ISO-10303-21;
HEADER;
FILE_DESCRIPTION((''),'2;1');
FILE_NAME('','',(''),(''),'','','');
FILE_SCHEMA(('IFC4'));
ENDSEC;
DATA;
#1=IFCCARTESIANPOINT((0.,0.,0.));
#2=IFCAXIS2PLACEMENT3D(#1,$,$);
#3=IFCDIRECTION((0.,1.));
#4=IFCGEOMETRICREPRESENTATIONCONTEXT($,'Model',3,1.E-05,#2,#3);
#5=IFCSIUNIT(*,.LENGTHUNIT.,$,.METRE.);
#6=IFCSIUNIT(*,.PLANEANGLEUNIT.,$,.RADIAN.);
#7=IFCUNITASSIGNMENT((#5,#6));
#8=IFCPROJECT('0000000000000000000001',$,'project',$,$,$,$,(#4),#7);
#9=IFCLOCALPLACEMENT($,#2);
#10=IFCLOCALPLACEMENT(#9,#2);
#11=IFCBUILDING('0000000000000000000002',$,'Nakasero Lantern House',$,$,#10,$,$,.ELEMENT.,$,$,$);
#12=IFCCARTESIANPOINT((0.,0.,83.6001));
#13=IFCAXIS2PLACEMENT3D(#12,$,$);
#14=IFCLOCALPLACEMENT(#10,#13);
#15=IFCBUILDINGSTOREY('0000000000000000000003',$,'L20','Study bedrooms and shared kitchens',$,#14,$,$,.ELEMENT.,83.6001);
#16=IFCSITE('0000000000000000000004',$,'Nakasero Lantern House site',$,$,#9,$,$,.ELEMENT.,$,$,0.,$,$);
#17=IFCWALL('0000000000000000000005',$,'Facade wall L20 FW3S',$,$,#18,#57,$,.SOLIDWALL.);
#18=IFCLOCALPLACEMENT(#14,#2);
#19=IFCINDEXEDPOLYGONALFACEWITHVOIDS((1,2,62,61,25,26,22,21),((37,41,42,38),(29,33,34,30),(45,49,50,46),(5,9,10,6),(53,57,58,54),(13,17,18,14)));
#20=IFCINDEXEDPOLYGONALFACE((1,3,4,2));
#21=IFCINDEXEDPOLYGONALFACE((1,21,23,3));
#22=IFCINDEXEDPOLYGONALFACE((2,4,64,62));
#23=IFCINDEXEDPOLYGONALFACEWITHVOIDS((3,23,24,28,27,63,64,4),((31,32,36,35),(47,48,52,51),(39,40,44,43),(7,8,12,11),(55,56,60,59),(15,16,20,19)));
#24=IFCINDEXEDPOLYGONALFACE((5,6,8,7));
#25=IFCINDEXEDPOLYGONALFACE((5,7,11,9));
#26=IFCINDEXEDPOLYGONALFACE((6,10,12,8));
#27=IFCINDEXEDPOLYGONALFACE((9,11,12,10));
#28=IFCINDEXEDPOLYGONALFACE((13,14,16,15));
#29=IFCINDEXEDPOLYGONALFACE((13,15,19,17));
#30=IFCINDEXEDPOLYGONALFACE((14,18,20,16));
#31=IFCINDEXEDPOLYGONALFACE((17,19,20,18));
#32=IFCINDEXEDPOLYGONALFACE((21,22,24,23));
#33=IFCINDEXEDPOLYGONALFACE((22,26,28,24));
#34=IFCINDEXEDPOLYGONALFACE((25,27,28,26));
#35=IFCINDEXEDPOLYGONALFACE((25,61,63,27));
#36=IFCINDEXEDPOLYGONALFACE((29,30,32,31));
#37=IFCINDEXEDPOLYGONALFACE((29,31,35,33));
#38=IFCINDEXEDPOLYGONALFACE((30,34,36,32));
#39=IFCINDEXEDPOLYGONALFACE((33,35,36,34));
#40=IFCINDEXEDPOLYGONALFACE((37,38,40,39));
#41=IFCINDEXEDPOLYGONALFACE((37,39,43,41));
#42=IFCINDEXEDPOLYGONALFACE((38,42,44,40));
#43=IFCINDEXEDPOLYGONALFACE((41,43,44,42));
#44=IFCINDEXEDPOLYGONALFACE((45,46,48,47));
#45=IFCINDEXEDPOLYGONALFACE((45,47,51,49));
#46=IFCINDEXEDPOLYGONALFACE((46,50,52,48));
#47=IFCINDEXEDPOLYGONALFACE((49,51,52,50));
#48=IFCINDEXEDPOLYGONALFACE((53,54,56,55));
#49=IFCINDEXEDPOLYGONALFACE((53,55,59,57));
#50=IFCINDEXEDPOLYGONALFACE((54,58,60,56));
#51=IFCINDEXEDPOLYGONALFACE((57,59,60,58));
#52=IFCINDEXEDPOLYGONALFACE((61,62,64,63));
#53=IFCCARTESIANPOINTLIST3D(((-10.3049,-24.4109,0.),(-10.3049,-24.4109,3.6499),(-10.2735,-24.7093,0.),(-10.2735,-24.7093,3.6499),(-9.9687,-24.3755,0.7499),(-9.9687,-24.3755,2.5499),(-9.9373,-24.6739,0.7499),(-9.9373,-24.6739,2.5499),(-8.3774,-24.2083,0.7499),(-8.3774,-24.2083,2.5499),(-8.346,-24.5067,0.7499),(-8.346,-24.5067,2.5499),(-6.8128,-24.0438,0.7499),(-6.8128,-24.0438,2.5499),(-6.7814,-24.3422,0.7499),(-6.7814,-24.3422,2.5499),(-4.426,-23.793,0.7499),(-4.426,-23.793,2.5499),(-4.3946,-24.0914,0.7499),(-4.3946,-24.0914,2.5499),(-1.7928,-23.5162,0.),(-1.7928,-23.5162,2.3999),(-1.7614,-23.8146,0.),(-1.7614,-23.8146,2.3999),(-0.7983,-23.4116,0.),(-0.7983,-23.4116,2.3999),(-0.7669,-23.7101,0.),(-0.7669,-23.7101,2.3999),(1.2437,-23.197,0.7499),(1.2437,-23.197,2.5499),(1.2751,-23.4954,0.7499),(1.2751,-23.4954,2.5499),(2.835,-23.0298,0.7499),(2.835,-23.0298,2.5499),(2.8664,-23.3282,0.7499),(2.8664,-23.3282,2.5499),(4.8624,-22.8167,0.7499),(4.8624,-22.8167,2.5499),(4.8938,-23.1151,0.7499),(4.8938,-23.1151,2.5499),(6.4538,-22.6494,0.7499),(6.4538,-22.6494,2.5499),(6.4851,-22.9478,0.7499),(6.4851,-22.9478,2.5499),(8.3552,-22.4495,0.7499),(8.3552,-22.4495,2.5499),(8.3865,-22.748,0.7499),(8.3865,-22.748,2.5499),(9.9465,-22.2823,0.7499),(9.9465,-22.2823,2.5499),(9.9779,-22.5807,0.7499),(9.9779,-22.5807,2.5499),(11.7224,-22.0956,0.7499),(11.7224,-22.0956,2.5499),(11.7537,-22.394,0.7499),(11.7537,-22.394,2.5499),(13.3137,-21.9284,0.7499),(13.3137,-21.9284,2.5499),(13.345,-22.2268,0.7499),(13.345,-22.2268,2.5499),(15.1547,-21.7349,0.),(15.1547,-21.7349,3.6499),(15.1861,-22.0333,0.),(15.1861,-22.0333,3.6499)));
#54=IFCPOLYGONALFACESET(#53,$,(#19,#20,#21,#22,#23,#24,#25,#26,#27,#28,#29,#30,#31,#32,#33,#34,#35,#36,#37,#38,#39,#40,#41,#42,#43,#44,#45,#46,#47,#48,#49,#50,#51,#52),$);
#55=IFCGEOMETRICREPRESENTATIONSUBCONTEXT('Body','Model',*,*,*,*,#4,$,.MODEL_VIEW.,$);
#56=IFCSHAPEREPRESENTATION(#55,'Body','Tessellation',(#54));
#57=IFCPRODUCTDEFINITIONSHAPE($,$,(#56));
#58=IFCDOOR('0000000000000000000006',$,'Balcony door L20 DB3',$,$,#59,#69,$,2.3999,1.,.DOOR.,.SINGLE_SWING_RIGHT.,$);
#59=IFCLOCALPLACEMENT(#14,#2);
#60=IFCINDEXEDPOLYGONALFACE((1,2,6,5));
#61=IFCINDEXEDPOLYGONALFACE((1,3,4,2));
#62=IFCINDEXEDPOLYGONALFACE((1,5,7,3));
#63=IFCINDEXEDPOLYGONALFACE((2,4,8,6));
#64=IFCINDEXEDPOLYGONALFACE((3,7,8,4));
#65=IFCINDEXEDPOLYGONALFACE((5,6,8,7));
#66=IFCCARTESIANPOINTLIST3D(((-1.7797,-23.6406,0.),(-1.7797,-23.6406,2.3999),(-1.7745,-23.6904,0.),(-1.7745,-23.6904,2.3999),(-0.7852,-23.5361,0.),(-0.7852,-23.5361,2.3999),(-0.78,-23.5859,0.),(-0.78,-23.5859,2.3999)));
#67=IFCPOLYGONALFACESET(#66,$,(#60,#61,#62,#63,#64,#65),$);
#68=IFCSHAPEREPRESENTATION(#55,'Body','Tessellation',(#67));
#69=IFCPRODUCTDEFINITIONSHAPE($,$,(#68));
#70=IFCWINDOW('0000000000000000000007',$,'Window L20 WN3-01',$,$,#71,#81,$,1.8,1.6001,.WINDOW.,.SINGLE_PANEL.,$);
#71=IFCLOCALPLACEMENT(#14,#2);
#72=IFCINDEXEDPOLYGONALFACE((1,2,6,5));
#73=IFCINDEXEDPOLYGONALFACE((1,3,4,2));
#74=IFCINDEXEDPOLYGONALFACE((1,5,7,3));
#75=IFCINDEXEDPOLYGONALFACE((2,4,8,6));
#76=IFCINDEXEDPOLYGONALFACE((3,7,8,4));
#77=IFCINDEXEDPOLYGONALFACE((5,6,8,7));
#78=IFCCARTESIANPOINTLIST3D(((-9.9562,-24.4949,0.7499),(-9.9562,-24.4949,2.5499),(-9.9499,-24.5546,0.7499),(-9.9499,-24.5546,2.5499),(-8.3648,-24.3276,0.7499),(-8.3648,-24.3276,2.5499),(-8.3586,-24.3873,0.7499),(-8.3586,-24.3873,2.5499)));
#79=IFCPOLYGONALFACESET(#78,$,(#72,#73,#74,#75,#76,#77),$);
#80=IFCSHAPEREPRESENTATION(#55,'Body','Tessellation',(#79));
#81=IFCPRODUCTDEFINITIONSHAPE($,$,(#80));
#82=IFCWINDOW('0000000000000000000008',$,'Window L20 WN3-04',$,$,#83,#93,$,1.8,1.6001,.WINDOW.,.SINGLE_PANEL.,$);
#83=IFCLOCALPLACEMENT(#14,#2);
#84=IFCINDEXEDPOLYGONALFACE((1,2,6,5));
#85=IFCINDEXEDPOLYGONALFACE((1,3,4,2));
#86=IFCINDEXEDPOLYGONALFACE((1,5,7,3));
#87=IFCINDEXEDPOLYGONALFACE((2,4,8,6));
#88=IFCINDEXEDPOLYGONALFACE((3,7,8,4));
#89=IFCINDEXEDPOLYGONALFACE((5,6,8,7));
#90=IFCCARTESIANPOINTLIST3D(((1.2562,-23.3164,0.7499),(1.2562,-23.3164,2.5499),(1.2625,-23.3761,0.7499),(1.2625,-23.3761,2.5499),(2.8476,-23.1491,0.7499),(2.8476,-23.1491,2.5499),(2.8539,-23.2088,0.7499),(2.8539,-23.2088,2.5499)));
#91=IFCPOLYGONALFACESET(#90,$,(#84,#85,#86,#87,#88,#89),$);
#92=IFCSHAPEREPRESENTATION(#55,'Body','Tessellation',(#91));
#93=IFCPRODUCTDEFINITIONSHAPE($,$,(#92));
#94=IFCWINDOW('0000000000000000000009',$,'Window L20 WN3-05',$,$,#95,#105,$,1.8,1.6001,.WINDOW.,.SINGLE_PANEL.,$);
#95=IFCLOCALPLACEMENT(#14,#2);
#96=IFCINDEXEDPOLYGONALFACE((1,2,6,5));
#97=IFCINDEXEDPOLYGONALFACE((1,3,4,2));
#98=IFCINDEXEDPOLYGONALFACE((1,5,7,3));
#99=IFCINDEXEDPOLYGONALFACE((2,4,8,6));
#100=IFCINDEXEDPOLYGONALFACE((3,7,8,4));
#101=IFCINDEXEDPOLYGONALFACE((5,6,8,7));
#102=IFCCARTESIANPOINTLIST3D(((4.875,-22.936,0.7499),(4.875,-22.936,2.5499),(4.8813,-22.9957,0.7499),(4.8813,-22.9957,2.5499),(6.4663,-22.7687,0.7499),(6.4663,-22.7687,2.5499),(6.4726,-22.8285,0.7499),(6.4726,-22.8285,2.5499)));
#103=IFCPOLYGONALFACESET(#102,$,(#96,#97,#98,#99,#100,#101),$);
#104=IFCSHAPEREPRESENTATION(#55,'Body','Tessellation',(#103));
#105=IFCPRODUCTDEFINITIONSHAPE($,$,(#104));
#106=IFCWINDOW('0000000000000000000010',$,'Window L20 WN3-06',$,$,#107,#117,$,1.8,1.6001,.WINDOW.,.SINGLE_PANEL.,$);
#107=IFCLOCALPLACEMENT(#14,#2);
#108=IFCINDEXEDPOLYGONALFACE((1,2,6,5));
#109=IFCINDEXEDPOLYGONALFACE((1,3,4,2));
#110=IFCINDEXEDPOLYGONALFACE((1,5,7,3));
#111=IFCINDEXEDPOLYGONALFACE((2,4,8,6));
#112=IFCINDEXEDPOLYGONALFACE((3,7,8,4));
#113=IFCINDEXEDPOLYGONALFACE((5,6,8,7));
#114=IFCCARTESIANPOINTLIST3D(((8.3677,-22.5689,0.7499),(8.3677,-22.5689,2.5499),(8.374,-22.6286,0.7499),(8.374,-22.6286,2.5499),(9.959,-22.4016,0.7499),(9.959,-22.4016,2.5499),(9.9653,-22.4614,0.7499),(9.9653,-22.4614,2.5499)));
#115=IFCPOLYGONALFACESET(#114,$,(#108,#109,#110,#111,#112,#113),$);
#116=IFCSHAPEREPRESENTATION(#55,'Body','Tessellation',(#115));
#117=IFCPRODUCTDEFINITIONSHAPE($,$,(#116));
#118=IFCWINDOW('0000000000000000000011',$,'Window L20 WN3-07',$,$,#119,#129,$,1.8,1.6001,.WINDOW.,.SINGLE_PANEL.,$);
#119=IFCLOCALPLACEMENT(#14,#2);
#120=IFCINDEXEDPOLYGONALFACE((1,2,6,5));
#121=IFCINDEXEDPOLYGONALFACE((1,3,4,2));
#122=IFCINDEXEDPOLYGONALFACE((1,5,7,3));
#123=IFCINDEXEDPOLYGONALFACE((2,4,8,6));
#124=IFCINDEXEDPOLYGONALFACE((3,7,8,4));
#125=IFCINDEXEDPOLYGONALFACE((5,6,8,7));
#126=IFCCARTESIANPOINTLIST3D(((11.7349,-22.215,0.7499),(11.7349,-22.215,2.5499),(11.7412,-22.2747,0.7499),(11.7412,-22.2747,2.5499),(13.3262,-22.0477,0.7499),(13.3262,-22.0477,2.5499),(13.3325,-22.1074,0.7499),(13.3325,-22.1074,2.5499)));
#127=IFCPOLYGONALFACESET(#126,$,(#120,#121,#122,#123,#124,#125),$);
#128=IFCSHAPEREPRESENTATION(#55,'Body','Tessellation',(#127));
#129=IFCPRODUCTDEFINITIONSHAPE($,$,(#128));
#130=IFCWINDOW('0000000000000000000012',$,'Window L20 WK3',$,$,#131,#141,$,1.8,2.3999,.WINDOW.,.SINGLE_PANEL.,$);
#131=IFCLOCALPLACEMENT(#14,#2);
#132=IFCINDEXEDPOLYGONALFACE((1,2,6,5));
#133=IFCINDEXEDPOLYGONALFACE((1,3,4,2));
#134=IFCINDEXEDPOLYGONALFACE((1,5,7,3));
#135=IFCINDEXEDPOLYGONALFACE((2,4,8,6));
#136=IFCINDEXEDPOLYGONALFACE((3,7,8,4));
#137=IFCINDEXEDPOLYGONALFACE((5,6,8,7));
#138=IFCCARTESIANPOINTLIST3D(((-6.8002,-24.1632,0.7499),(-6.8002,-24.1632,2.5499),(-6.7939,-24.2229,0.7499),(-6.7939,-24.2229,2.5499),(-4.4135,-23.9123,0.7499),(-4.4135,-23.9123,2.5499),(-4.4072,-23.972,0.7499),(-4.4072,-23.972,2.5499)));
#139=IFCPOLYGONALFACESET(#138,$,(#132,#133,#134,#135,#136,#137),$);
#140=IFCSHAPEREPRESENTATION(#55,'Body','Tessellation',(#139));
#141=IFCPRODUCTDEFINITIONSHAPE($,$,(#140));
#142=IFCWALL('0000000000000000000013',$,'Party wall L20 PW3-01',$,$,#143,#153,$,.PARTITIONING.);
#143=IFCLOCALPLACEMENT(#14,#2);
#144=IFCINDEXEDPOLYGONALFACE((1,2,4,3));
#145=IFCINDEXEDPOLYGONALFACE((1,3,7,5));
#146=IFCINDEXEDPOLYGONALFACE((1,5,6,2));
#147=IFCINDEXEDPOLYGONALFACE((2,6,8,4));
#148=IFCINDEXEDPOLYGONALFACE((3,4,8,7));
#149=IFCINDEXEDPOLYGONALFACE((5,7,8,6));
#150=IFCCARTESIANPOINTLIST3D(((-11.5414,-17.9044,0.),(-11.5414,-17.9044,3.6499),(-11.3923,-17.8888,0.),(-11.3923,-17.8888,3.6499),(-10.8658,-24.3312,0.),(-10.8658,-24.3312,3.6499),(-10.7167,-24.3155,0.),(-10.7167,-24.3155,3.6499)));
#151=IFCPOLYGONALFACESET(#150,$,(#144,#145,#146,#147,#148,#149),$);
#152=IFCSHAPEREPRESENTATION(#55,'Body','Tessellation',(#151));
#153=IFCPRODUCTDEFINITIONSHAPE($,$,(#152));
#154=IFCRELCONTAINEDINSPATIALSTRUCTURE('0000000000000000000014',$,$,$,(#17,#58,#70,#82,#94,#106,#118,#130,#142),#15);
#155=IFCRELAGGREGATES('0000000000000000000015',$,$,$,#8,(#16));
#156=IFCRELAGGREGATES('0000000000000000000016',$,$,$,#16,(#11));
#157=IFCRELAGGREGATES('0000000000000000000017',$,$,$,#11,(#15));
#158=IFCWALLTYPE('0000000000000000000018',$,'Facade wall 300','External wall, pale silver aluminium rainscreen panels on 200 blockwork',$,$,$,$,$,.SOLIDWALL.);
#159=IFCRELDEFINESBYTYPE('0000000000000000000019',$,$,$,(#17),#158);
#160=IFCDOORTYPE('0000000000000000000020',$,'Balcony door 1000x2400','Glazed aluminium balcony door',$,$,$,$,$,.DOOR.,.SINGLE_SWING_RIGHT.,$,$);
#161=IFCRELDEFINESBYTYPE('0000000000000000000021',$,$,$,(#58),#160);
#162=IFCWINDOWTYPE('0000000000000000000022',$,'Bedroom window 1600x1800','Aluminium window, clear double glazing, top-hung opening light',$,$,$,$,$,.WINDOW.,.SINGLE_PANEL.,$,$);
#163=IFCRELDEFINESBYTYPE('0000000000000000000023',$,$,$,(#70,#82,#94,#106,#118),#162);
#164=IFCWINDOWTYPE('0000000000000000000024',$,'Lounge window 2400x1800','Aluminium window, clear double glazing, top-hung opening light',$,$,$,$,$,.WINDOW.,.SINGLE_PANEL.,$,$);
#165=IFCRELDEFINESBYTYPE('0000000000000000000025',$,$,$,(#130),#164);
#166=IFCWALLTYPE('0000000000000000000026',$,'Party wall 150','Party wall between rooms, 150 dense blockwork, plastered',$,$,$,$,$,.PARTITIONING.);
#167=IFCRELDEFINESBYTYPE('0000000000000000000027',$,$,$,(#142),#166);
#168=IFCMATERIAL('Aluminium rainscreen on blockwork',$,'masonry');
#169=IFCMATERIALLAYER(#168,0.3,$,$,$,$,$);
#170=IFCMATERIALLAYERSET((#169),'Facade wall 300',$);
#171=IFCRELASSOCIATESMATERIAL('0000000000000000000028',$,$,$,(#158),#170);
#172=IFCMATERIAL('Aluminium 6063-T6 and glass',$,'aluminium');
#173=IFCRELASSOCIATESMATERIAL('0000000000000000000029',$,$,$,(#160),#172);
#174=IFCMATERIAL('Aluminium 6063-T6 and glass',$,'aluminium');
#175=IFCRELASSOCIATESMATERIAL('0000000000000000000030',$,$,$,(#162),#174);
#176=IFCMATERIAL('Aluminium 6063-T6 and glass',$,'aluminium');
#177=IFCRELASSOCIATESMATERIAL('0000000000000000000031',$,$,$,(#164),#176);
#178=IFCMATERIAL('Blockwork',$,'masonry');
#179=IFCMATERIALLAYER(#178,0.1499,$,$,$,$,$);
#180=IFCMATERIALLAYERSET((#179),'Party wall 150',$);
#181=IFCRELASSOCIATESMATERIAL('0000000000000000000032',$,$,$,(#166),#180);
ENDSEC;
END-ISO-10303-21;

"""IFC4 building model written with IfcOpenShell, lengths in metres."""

from ifc_helpers import new_model, si_unit, direction, frame, frame_2d, origin, place, context, subcontext, project, spatial, rectangle, extrude, material, layer, layer_set, type_object, element, fill, save


model = new_model("IFC4")

# Units and contexts
model_context = context("Model", 3, precision=1e-05, world=origin(), true_north=direction((0.0, 1.0)))
body_context = subcontext(model_context, "Body", "Model", "MODEL_VIEW")
ifc_project = project(units=[si_unit("LENGTHUNIT", "METRE"), si_unit("PLANEANGLEUNIT", "RADIAN")], contexts=[model_context])

# Site, building, storey
site_placement = place(None, origin())
site = spatial("IfcSite", under=ifc_project, at=site_placement, Name="Nakasero Lantern House site", CompositionType="ELEMENT", RefElevation=0.0)
building_placement = place(site_placement, origin())
building = spatial("IfcBuilding", under=site, at=building_placement, Name="Nakasero Lantern House", CompositionType="ELEMENT")
storey_placement = place(building_placement, frame((0.0, 0.0, 83.6001)))
storey = spatial("IfcBuildingStorey", under=building, at=storey_placement, Name="L20", Description="Study bedrooms and shared kitchens", CompositionType="ELEMENT", Elevation=83.6001)

# Wall, openings, door, windows
ifc_material_1 = material(Name="Aluminium rainscreen on blockwork", Category="masonry")
ifc_layer_1 = layer(ifc_material_1, 0.3)
ifc_layer_set_1 = layer_set([ifc_layer_1], Name="Facade wall 300")
wall_type_1 = type_object("IfcWallType", Name="Facade wall 300", Description="External wall, pale silver aluminium rainscreen panels on 200 blockwork", PredefinedType="SOLIDWALL", material=ifc_layer_set_1)
wall_1_placement = place(storey_placement, frame((-10.2891, -24.5601, 0.0), z_axis=(0.0, 0.0, 1.0), x_axis=(0.994521, 0.104532, 0.0)))
wall_1 = element("IfcWall", 1, at=wall_1_placement, inside=storey, type_object=wall_type_1, Name="Facade wall L20 FW3S", PredefinedType="SOLIDWALL", context=body_context, shape_type="SweptSolid", body=[
    extrude(rectangle(XDim=25.5999, YDim=0.3, at=frame_2d((12.7998, 0.0))), origin(), (0.0, 0.0, 1.0), 3.6499),
])
opening_1_placement = place(wall_1_placement, frame((0.3379, 0.0, 0.75)))
opening_1 = element("IfcOpeningElement", 2, at=opening_1_placement, cuts=wall_1, PredefinedType="OPENING", context=body_context, shape_type="SweptSolid", body=[
    extrude(rectangle(XDim=1.6001, YDim=1.8, at=frame_2d((0.8, 0.8999))), frame((0.0, 0.1699, 0.0), z_axis=(0.0, -1.0, 0.0), x_axis=(1.0, 0.0, 0.0)), (0.0, 0.0, 1.0), 0.3401),
])
opening_2_placement = place(wall_1_placement, frame((11.6121, 0.0, 0.75)))
opening_2 = element("IfcOpeningElement", 3, at=opening_2_placement, cuts=wall_1, PredefinedType="OPENING", context=body_context, shape_type="SweptSolid", body=[
    extrude(rectangle(XDim=1.6001, YDim=1.8, at=frame_2d((0.8, 0.8999))), frame((0.0, 0.1699, 0.0), z_axis=(0.0, -1.0, 0.0), x_axis=(1.0, 0.0, 0.0)), (0.0, 0.0, 1.0), 0.3401),
])
opening_3_placement = place(wall_1_placement, frame((15.2507, 0.0, 0.75)))
opening_3 = element("IfcOpeningElement", 4, at=opening_3_placement, cuts=wall_1, PredefinedType="OPENING", context=body_context, shape_type="SweptSolid", body=[
    extrude(rectangle(XDim=1.6001, YDim=1.8, at=frame_2d((0.8, 0.8999))), frame((0.0, 0.1699, 0.0), z_axis=(0.0, -1.0, 0.0), x_axis=(1.0, 0.0, 0.0)), (0.0, 0.0, 1.0), 0.3401),
])
opening_4_placement = place(wall_1_placement, frame((18.7627, 0.0, 0.75)))
opening_4 = element("IfcOpeningElement", 5, at=opening_4_placement, cuts=wall_1, PredefinedType="OPENING", context=body_context, shape_type="SweptSolid", body=[
    extrude(rectangle(XDim=1.6001, YDim=1.8, at=frame_2d((0.8, 0.8999))), frame((0.0, 0.1699, 0.0), z_axis=(0.0, -1.0, 0.0), x_axis=(1.0, 0.0, 0.0)), (0.0, 0.0, 1.0), 0.3401),
])
opening_5_placement = place(wall_1_placement, frame((22.1484, 0.0, 0.75)))
opening_5 = element("IfcOpeningElement", 6, at=opening_5_placement, cuts=wall_1, PredefinedType="OPENING", context=body_context, shape_type="SweptSolid", body=[
    extrude(rectangle(XDim=1.6001, YDim=1.8, at=frame_2d((0.8, 0.8999))), frame((0.0, 0.1699, 0.0), z_axis=(0.0, -1.0, 0.0), x_axis=(1.0, 0.0, 0.0)), (0.0, 0.0, 1.0), 0.3401),
])
opening_6_placement = place(wall_1_placement, frame((3.5112, 0.0, 0.75)))
opening_6 = element("IfcOpeningElement", 7, at=opening_6_placement, cuts=wall_1, PredefinedType="OPENING", context=body_context, shape_type="SweptSolid", body=[
    extrude(rectangle(XDim=2.3999, YDim=1.8, at=frame_2d((1.2, 0.8999))), frame((0.0, 0.1699, 0.0), z_axis=(0.0, -1.0, 0.0), x_axis=(1.0, 0.0, 0.0)), (0.0, 0.0, 1.0), 0.3401),
])
opening_7_placement = place(wall_1_placement, frame((8.5588, 0.0, 0.0)))
opening_7 = element("IfcOpeningElement", 8, at=opening_7_placement, cuts=wall_1, PredefinedType="OPENING", context=body_context, shape_type="SweptSolid", body=[
    extrude(rectangle(XDim=1.0, YDim=2.3999, at=frame_2d((0.5, 1.2))), frame((0.0, 0.1699, 0.0), z_axis=(0.0, -1.0, 0.0), x_axis=(1.0, 0.0, 0.0)), (0.0, 0.0, 1.0), 0.3401),
])
ifc_material_2 = material(Name="Aluminium 6063-T6 and glass", Category="aluminium")
door_type = type_object("IfcDoorType", Name="Balcony door 1000x2400", Description="Glazed aluminium balcony door", OperationType="SINGLE_SWING_RIGHT", PredefinedType="DOOR", material=ifc_material_2)
door_placement = place(opening_7_placement, origin())
door = element("IfcDoor", 9, at=door_placement, inside=storey, type_object=door_type, Name="Balcony door L20 DB3", OperationType="SINGLE_SWING_RIGHT", OverallHeight=2.3999, OverallWidth=1.0, PredefinedType="DOOR", context=body_context, shape_type="SweptSolid", body=[
    extrude(rectangle(XDim=1.0, YDim=2.3999, at=frame_2d((0.5, 1.2))), frame((0.0, 0.0249, 0.0), z_axis=(0.0, -1.0, 0.0), x_axis=(1.0, 0.0, 0.0)), (0.0, 0.0, 1.0), 0.05),
])
fill(opening_7, door)
ifc_material_3 = material(Name="Aluminium 6063-T6 and glass", Category="aluminium")
window_type_1 = type_object("IfcWindowType", Name="Bedroom window 1600x1800", Description="Aluminium window, clear double glazing, top-hung opening light", PartitioningType="SINGLE_PANEL", PredefinedType="WINDOW", material=ifc_material_3)
window_1_placement = place(opening_1_placement, origin())
window_1 = element("IfcWindow", 10, at=window_1_placement, inside=storey, type_object=window_type_1, Name="Window L20 WN3-01", OverallHeight=1.8, OverallWidth=1.6001, PartitioningType="SINGLE_PANEL", PredefinedType="WINDOW", context=body_context, shape_type="SweptSolid", body=[
    extrude(rectangle(XDim=1.6001, YDim=1.8, at=frame_2d((0.8, 0.8999))), frame((0.0, 0.03, 0.0), z_axis=(0.0, -1.0, 0.0), x_axis=(1.0, 0.0, 0.0)), (0.0, 0.0, 1.0), 0.0601),
])
fill(opening_1, window_1)
window_2_placement = place(opening_2_placement, origin())
window_2 = element("IfcWindow", 11, at=window_2_placement, inside=storey, type_object=window_type_1, Name="Window L20 WN3-04", OverallHeight=1.8, OverallWidth=1.6001, PartitioningType="SINGLE_PANEL", PredefinedType="WINDOW", context=body_context, shape_type="SweptSolid", body=[
    extrude(rectangle(XDim=1.6001, YDim=1.8, at=frame_2d((0.8, 0.8999))), frame((0.0, 0.03, 0.0), z_axis=(0.0, -1.0, 0.0), x_axis=(1.0, 0.0, 0.0)), (0.0, 0.0, 1.0), 0.0601),
])
fill(opening_2, window_2)
window_3_placement = place(opening_3_placement, origin())
window_3 = element("IfcWindow", 12, at=window_3_placement, inside=storey, type_object=window_type_1, Name="Window L20 WN3-05", OverallHeight=1.8, OverallWidth=1.6001, PartitioningType="SINGLE_PANEL", PredefinedType="WINDOW", context=body_context, shape_type="SweptSolid", body=[
    extrude(rectangle(XDim=1.6001, YDim=1.8, at=frame_2d((0.8, 0.8999))), frame((0.0, 0.03, 0.0), z_axis=(0.0, -1.0, 0.0), x_axis=(1.0, 0.0, 0.0)), (0.0, 0.0, 1.0), 0.0601),
])
fill(opening_3, window_3)
window_4_placement = place(opening_4_placement, origin())
window_4 = element("IfcWindow", 13, at=window_4_placement, inside=storey, type_object=window_type_1, Name="Window L20 WN3-06", OverallHeight=1.8, OverallWidth=1.6001, PartitioningType="SINGLE_PANEL", PredefinedType="WINDOW", context=body_context, shape_type="SweptSolid", body=[
    extrude(rectangle(XDim=1.6001, YDim=1.8, at=frame_2d((0.8, 0.8999))), frame((0.0, 0.03, 0.0), z_axis=(0.0, -1.0, 0.0), x_axis=(1.0, 0.0, 0.0)), (0.0, 0.0, 1.0), 0.0601),
])
fill(opening_4, window_4)
window_5_placement = place(opening_5_placement, origin())
window_5 = element("IfcWindow", 14, at=window_5_placement, inside=storey, type_object=window_type_1, Name="Window L20 WN3-07", OverallHeight=1.8, OverallWidth=1.6001, PartitioningType="SINGLE_PANEL", PredefinedType="WINDOW", context=body_context, shape_type="SweptSolid", body=[
    extrude(rectangle(XDim=1.6001, YDim=1.8, at=frame_2d((0.8, 0.8999))), frame((0.0, 0.03, 0.0), z_axis=(0.0, -1.0, 0.0), x_axis=(1.0, 0.0, 0.0)), (0.0, 0.0, 1.0), 0.0601),
])
fill(opening_5, window_5)
ifc_material_4 = material(Name="Aluminium 6063-T6 and glass", Category="aluminium")
window_type_2 = type_object("IfcWindowType", Name="Lounge window 2400x1800", Description="Aluminium window, clear double glazing, top-hung opening light", PartitioningType="SINGLE_PANEL", PredefinedType="WINDOW", material=ifc_material_4)
window_6_placement = place(opening_6_placement, origin())
window_6 = element("IfcWindow", 15, at=window_6_placement, inside=storey, type_object=window_type_2, Name="Window L20 WK3", OverallHeight=1.8, OverallWidth=2.3999, PartitioningType="SINGLE_PANEL", PredefinedType="WINDOW", context=body_context, shape_type="SweptSolid", body=[
    extrude(rectangle(XDim=2.3999, YDim=1.8, at=frame_2d((1.2, 0.8999))), frame((0.0, 0.03, 0.0), z_axis=(0.0, -1.0, 0.0), x_axis=(1.0, 0.0, 0.0)), (0.0, 0.0, 1.0), 0.0601),
])
fill(opening_6, window_6)

# Wall
ifc_material_5 = material(Name="Blockwork", Category="masonry")
ifc_layer_2 = layer(ifc_material_5, 0.1499)
ifc_layer_set_2 = layer_set([ifc_layer_2], Name="Party wall 150")
wall_type_2 = type_object("IfcWallType", Name="Party wall 150", Description="Party wall between rooms, 150 dense blockwork, plastered", PredefinedType="PARTITIONING", material=ifc_layer_set_2)
wall_2_placement = place(storey_placement, frame((-11.4668, -17.8967, 0.0), z_axis=(0.0, 0.0, 1.0), x_axis=(0.104537, -0.994521, 0.0)))
element("IfcWall", 16, at=wall_2_placement, inside=storey, type_object=wall_type_2, Name="Party wall L20 PW3-01", PredefinedType="PARTITIONING", context=body_context, shape_type="SweptSolid", body=[
    extrude(rectangle(XDim=6.4622, YDim=0.1499, at=frame_2d((3.231, 0.0))), origin(), (0.0, 0.0, 1.0), 3.6499),
])

save(model, "model.ifc")
